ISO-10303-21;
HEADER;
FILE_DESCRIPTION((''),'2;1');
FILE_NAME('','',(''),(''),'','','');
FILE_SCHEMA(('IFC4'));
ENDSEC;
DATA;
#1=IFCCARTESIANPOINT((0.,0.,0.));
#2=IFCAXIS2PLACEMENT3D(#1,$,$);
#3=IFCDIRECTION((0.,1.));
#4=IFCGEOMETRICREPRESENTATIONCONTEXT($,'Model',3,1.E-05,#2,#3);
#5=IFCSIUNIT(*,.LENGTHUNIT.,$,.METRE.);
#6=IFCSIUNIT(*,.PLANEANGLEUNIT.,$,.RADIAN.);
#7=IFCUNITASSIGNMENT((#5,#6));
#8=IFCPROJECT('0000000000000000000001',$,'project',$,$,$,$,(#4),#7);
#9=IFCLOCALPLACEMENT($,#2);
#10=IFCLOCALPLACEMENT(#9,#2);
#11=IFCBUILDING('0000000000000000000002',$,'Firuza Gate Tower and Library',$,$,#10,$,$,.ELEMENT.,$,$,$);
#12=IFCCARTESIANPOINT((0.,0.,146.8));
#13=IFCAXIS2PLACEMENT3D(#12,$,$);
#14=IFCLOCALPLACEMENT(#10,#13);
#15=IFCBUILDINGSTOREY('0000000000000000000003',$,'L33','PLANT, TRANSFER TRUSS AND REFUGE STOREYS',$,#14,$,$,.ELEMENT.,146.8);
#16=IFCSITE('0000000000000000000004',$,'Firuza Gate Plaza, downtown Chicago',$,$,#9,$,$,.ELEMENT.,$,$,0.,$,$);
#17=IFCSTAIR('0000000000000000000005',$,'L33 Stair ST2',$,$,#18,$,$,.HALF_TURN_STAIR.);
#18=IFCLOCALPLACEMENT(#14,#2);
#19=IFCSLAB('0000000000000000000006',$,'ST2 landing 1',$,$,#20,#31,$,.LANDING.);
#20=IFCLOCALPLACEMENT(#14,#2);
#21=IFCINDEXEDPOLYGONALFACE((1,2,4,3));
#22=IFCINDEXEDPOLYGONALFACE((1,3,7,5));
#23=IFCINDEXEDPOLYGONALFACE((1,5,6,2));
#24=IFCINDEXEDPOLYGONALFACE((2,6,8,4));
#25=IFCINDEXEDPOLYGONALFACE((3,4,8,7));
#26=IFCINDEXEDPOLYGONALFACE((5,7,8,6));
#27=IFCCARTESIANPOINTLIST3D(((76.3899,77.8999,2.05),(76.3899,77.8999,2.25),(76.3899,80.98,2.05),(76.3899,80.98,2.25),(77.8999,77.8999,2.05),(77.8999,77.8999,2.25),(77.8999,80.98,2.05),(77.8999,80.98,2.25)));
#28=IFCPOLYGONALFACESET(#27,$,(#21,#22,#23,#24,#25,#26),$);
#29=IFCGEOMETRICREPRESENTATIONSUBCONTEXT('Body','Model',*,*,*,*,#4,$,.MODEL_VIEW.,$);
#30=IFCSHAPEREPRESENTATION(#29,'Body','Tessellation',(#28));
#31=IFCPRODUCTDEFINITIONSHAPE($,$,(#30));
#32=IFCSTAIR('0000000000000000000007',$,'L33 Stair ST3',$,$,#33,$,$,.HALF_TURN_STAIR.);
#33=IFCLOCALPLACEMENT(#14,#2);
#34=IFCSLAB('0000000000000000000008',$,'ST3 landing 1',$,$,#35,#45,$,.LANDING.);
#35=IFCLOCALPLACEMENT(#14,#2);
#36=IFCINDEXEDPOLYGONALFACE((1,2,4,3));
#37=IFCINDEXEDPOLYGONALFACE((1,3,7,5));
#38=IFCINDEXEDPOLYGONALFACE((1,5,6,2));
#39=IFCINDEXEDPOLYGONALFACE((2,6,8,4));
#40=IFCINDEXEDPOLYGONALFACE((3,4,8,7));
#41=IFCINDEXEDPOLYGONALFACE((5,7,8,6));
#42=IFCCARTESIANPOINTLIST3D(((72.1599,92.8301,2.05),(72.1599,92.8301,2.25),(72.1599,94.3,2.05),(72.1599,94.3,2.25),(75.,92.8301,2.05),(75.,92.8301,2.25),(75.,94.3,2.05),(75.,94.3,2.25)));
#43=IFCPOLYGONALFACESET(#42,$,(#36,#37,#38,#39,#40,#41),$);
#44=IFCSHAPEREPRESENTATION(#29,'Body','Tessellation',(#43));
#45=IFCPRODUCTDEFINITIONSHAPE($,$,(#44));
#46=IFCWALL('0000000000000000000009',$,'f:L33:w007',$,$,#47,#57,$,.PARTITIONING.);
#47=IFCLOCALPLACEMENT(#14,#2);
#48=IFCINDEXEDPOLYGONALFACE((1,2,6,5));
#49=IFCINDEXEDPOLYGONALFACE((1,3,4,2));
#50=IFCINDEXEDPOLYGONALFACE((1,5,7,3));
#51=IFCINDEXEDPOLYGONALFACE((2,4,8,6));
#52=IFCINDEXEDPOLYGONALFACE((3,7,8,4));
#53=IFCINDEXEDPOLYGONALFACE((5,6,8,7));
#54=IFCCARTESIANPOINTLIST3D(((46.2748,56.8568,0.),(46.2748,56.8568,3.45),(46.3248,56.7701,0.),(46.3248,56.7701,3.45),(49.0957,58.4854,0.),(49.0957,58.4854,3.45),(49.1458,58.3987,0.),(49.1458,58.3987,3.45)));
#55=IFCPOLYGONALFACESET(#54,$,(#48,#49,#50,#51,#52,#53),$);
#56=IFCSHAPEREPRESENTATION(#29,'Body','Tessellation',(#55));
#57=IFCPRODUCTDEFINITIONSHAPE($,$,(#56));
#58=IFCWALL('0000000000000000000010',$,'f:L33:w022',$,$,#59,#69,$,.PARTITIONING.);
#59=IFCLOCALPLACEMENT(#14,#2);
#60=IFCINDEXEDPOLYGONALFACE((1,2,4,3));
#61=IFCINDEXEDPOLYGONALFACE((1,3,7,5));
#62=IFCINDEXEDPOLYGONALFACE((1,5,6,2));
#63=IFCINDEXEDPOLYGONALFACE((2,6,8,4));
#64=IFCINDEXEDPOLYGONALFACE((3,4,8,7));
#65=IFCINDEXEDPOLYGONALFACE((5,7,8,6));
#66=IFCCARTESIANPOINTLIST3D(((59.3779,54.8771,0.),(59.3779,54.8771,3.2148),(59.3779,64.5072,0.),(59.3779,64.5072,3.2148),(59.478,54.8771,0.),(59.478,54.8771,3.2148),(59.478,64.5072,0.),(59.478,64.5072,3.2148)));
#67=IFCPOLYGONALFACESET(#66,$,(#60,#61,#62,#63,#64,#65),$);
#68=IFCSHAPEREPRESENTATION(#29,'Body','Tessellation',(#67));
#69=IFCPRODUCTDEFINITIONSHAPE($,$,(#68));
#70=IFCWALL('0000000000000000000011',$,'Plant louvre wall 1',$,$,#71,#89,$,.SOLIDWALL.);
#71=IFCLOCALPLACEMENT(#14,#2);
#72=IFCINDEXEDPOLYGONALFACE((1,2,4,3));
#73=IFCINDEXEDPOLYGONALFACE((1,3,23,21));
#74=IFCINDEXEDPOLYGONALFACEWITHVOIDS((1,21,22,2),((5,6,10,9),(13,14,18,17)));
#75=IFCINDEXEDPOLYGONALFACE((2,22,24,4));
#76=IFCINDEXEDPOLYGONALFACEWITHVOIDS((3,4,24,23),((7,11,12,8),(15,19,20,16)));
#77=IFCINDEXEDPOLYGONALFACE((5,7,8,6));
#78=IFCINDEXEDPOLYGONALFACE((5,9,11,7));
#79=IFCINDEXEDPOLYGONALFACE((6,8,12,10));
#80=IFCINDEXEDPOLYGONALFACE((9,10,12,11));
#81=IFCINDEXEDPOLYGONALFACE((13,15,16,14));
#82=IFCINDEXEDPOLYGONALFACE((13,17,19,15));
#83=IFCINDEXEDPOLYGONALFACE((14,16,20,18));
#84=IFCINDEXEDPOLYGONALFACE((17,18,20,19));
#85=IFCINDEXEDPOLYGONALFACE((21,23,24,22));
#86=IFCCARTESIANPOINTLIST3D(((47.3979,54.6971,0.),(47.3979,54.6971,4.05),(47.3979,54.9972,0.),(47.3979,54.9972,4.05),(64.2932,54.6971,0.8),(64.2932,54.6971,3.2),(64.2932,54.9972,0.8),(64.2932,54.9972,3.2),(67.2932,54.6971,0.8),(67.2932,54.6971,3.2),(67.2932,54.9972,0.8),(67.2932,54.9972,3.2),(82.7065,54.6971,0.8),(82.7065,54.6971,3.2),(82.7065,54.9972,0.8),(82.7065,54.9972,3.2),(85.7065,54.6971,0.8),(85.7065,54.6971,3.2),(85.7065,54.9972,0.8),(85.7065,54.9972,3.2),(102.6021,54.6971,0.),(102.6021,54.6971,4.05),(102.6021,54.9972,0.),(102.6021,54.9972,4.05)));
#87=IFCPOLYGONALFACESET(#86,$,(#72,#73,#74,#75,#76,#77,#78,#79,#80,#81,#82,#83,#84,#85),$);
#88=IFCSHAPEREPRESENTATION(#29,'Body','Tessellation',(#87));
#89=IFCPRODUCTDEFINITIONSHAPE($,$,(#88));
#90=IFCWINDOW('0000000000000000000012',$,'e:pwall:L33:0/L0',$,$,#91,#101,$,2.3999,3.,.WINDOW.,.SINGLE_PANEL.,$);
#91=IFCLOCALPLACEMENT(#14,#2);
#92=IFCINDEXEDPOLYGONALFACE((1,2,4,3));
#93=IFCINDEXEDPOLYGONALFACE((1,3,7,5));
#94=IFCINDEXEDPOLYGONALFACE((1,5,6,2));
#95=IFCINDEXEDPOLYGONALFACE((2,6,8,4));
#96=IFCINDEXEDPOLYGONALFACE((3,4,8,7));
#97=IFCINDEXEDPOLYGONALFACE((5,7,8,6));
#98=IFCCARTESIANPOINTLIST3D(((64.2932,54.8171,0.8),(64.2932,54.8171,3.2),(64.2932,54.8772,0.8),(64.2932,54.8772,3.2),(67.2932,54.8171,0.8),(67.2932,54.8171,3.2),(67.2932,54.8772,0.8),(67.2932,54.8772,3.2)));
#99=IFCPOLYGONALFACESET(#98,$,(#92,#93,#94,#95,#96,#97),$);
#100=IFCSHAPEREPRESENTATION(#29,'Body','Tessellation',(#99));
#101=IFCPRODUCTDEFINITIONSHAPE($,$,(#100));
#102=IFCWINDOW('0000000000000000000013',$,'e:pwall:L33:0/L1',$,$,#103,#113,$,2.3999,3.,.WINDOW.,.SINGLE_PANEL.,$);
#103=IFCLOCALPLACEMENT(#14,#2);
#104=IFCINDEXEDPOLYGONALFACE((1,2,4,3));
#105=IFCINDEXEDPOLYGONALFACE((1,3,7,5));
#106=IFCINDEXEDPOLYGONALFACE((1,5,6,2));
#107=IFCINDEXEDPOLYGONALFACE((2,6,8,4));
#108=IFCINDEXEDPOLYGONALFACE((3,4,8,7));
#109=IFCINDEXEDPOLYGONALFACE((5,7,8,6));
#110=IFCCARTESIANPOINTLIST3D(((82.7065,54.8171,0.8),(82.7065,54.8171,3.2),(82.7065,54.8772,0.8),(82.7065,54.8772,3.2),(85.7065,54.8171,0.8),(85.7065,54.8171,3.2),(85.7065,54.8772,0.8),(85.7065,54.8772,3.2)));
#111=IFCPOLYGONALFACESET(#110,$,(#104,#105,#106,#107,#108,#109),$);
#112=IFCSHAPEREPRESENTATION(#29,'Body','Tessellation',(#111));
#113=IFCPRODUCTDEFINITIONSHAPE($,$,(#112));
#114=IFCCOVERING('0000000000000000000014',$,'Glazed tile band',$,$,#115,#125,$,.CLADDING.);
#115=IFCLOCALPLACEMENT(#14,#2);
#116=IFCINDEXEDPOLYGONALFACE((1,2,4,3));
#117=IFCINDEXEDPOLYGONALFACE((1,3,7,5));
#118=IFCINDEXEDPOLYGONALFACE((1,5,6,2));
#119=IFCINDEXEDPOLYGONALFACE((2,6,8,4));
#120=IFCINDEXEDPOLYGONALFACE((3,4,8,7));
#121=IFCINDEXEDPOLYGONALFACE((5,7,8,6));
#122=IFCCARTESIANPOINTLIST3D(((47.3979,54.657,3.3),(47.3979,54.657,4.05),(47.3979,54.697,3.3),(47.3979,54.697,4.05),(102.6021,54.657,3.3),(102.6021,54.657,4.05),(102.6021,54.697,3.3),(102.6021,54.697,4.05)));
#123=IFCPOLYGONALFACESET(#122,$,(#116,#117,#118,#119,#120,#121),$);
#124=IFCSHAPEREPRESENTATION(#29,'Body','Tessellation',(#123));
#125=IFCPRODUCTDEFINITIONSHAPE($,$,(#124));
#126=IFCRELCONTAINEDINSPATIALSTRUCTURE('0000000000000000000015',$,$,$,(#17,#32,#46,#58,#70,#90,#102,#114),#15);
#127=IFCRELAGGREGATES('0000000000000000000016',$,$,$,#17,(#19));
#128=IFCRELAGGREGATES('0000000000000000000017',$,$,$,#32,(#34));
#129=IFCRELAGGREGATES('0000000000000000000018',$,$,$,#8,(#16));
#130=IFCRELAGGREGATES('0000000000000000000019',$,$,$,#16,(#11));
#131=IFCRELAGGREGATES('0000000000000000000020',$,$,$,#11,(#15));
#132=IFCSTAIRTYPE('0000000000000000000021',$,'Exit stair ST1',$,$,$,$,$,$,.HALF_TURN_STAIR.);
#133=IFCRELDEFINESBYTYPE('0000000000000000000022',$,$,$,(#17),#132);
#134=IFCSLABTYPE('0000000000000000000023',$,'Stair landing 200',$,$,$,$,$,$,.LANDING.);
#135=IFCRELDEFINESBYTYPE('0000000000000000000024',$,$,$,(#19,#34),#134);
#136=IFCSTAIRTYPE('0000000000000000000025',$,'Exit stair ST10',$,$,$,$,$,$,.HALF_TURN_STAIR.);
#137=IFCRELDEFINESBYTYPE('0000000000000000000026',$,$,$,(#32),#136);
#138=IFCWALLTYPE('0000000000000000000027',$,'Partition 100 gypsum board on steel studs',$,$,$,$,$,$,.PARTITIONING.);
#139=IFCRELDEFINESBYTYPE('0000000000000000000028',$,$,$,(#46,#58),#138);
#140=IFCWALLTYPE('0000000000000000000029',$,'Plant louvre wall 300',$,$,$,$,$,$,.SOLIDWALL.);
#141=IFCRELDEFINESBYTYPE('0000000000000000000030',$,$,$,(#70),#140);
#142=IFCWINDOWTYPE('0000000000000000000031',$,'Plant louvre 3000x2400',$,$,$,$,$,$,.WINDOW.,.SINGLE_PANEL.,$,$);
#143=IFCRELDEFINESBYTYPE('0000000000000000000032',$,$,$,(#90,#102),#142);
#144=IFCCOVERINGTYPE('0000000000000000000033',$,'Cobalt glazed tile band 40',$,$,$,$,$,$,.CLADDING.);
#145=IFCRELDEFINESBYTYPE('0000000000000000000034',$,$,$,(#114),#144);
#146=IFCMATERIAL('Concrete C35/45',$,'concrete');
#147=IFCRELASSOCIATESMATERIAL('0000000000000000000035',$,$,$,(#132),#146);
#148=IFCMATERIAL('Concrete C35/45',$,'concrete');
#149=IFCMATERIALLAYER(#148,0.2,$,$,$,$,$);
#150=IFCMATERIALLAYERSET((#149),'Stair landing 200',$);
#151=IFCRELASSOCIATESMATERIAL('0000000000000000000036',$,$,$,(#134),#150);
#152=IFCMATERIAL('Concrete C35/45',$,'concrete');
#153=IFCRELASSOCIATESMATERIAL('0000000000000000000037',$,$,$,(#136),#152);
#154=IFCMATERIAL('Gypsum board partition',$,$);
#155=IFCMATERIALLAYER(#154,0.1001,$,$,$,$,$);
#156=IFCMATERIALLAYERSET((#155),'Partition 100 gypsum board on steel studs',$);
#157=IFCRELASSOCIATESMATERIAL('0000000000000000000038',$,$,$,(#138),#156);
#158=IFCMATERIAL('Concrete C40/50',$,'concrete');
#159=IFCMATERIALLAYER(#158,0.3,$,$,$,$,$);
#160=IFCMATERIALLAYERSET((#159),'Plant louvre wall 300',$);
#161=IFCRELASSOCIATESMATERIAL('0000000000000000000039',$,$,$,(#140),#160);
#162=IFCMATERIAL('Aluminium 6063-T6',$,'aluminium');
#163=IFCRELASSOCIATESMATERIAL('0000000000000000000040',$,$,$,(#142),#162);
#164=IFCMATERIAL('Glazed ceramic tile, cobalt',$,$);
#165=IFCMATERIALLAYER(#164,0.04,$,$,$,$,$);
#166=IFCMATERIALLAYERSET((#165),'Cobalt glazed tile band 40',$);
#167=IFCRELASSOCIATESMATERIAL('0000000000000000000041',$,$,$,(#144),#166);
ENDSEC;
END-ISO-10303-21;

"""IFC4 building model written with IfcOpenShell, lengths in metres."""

from ifc_helpers import new_model, si_unit, direction, frame, frame_2d, origin, place, context, subcontext, project, spatial, polyline, rectangle, outline, extrude, material, layer, layer_set, type_object, element, fill, aggregate, save


model = new_model("IFC4")

# Units and contexts
model_context = context("Model", 3, precision=1e-05, world=origin(), true_north=direction((0.0, 1.0)))
body_context = subcontext(model_context, "Body", "Model", "MODEL_VIEW")
ifc_project = project(units=[si_unit("LENGTHUNIT", "METRE"), si_unit("PLANEANGLEUNIT", "RADIAN")], contexts=[model_context])

# Site, building, storey
site_placement = place(None, origin())
site = spatial("IfcSite", under=ifc_project, at=site_placement, Name="Firuza Gate Plaza, downtown Chicago", CompositionType="ELEMENT", RefElevation=0.0)
building_placement = place(site_placement, origin())
building = spatial("IfcBuilding", under=site, at=building_placement, Name="Firuza Gate Tower and Library", CompositionType="ELEMENT")
storey_placement = place(building_placement, frame((0.0, 0.0, 146.8)))
storey = spatial("IfcBuildingStorey", under=building, at=storey_placement, Name="L33", Description="PLANT, TRANSFER TRUSS AND REFUGE STOREYS", CompositionType="ELEMENT", Elevation=146.8)

# Stairs, slabs
ifc_material_1 = material(Name="Concrete C35/45", Category="concrete")
stair_type_1 = type_object("IfcStairType", Name="Exit stair ST1", PredefinedType="HALF_TURN_STAIR", material=ifc_material_1)
placement_1 = place(storey_placement, origin())
ifc_material_2 = material(Name="Concrete C35/45", Category="concrete")
ifc_layer_1 = layer(ifc_material_2, 0.2)
ifc_layer_set_1 = layer_set([ifc_layer_1], Name="Stair landing 200")
slab_type_1 = type_object("IfcSlabType", Name="Stair landing 200", PredefinedType="LANDING", material=ifc_layer_set_1)
placement_2 = place(storey_placement, frame((0.0, 0.0, 2.05)))
stair_1 = element("IfcStair", 1, at=placement_1, inside=storey, type_object=stair_type_1, Name="L33 Stair ST2", PredefinedType="HALF_TURN_STAIR")
slab_1 = element("IfcSlab", 2, at=placement_2, type_object=slab_type_1, Name="ST2 landing 1", PredefinedType="LANDING", context=body_context, shape_type="SweptSolid", body=[
    extrude(outline(polyline([(77.8999, 80.98), (76.3899, 80.98), (76.3899, 77.8999), (77.8999, 77.8999), (77.8999, 80.98)])), origin(), (0.0, 0.0, 1.0), 0.2),
])
aggregate(stair_1, [slab_1])
ifc_material_3 = material(Name="Concrete C35/45", Category="concrete")
stair_type_2 = type_object("IfcStairType", Name="Exit stair ST10", PredefinedType="HALF_TURN_STAIR", material=ifc_material_3)
stair_2 = element("IfcStair", 3, at=placement_1, inside=storey, type_object=stair_type_2, Name="L33 Stair ST3", PredefinedType="HALF_TURN_STAIR")
slab_2 = element("IfcSlab", 4, at=placement_2, type_object=slab_type_1, Name="ST3 landing 1", PredefinedType="LANDING", context=body_context, shape_type="SweptSolid", body=[
    extrude(outline(polyline([(75.0, 92.8301), (75.0, 94.3), (72.1599, 94.3), (72.1599, 92.8301), (75.0, 92.8301)])), origin(), (0.0, 0.0, 1.0), 0.2),
])
aggregate(stair_2, [slab_2])

# Walls
ifc_material_4 = material(Name="Gypsum board partition")
ifc_layer_2 = layer(ifc_material_4, 0.1001)
ifc_layer_set_2 = layer_set([ifc_layer_2], Name="Partition 100 gypsum board on steel studs")
wall_type_1 = type_object("IfcWallType", Name="Partition 100 gypsum board on steel studs", PredefinedType="PARTITIONING", material=ifc_layer_set_2)
wall_1_placement = place(storey_placement, frame((46.2998, 56.8135, 0.0), z_axis=(0.0, 0.0, 1.0), x_axis=(0.866035, 0.499984, 0.0)))
element("IfcWall", 5, at=wall_1_placement, inside=storey, type_object=wall_type_1, Name="f:L33:w007", PredefinedType="PARTITIONING", context=body_context, shape_type="SweptSolid", body=[
    extrude(rectangle(XDim=3.2573, YDim=0.1001, at=frame_2d((1.6287, 0.0))), origin(), (0.0, 0.0, 1.0), 3.45),
])
wall_2_placement = place(storey_placement, frame((59.428, 54.8772, 0.0), z_axis=(0.0, 0.0, 1.0), x_axis=(0.0, 1.0, 0.0)))
element("IfcWall", 6, at=wall_2_placement, inside=storey, type_object=wall_type_1, Name="f:L33:w022", PredefinedType="PARTITIONING", context=body_context, shape_type="SweptSolid", body=[
    extrude(rectangle(XDim=9.6301, YDim=0.1001, at=frame_2d((4.8149, 0.0))), origin(), (0.0, 0.0, 1.0), 3.2148),
])

# Wall, openings, windows
ifc_material_5 = material(Name="Concrete C40/50", Category="concrete")
ifc_layer_3 = layer(ifc_material_5, 0.3)
ifc_layer_set_3 = layer_set([ifc_layer_3], Name="Plant louvre wall 300")
wall_type_2 = type_object("IfcWallType", Name="Plant louvre wall 300", PredefinedType="SOLIDWALL", material=ifc_layer_set_3)
wall_3_placement = place(storey_placement, frame((47.3979, 54.8472, 0.0), z_axis=(0.0, 0.0, 1.0), x_axis=(1.0, 0.0, 0.0)))
wall_3 = element("IfcWall", 7, at=wall_3_placement, inside=storey, type_object=wall_type_2, Name="Plant louvre wall 1", PredefinedType="SOLIDWALL", context=body_context, shape_type="SweptSolid", body=[
    extrude(rectangle(XDim=55.2041, YDim=0.3, at=frame_2d((27.6021, 0.0))), origin(), (0.0, 0.0, 1.0), 4.05),
])
opening_1_placement = place(wall_3_placement, frame((16.8953, 0.0, 0.8)))
opening_1 = element("IfcOpeningElement", 8, at=opening_1_placement, cuts=wall_3, PredefinedType="OPENING", context=body_context, shape_type="SweptSolid", body=[
    extrude(rectangle(XDim=3.0, YDim=2.3999, at=frame_2d((1.5, 1.2))), frame((0.0, 0.1602, 0.0), z_axis=(0.0, -1.0, 0.0), x_axis=(1.0, 0.0, 0.0)), (0.0, 0.0, 1.0), 0.3201),
])
opening_2_placement = place(wall_3_placement, frame((35.3086, 0.0, 0.8)))
opening_2 = element("IfcOpeningElement", 9, at=opening_2_placement, cuts=wall_3, PredefinedType="OPENING", context=body_context, shape_type="SweptSolid", body=[
    extrude(rectangle(XDim=3.0, YDim=2.3999, at=frame_2d((1.5, 1.2))), frame((0.0, 0.1602, 0.0), z_axis=(0.0, -1.0, 0.0), x_axis=(1.0, 0.0, 0.0)), (0.0, 0.0, 1.0), 0.3201),
])
ifc_material_6 = material(Name="Aluminium 6063-T6", Category="aluminium")
window_type = type_object("IfcWindowType", Name="Plant louvre 3000x2400", PartitioningType="SINGLE_PANEL", PredefinedType="WINDOW", material=ifc_material_6)
window_1_placement = place(opening_1_placement, origin())
window_1 = element("IfcWindow", 10, at=window_1_placement, inside=storey, type_object=window_type, Name="e:pwall:L33:0/L0", OverallHeight=2.3999, OverallWidth=3.0, PartitioningType="SINGLE_PANEL", PredefinedType="WINDOW", context=body_context, shape_type="SweptSolid", body=[
    extrude(rectangle(XDim=3.0, YDim=2.3999, at=frame_2d((1.5, 1.2))), frame((0.0, 0.03, 0.0), z_axis=(0.0, -1.0, 0.0), x_axis=(1.0, 0.0, 0.0)), (0.0, 0.0, 1.0), 0.0601),
])
fill(opening_1, window_1)
window_2_placement = place(opening_2_placement, origin())
window_2 = element("IfcWindow", 11, at=window_2_placement, inside=storey, type_object=window_type, Name="e:pwall:L33:0/L1", OverallHeight=2.3999, OverallWidth=3.0, PartitioningType="SINGLE_PANEL", PredefinedType="WINDOW", context=body_context, shape_type="SweptSolid", body=[
    extrude(rectangle(XDim=3.0, YDim=2.3999, at=frame_2d((1.5, 1.2))), frame((0.0, 0.03, 0.0), z_axis=(0.0, -1.0, 0.0), x_axis=(1.0, 0.0, 0.0)), (0.0, 0.0, 1.0), 0.0601),
])
fill(opening_2, window_2)

# Covering
ifc_material_7 = material(Name="Glazed ceramic tile, cobalt")
ifc_layer_4 = layer(ifc_material_7, 0.04)
ifc_layer_set_4 = layer_set([ifc_layer_4], Name="Cobalt glazed tile band 40")
covering_type = type_object("IfcCoveringType", Name="Cobalt glazed tile band 40", PredefinedType="CLADDING", material=ifc_layer_set_4)
covering_placement = place(storey_placement, frame((47.3979, 54.657, 3.3), z_axis=(0.0, -1.0, 0.0), x_axis=(1.0, 0.0, 0.0)))
element("IfcCovering", 12, at=covering_placement, inside=storey, type_object=covering_type, Name="Glazed tile band", PredefinedType="CLADDING", context=body_context, shape_type="SweptSolid", body=[
    extrude(outline(polyline([(0.0, 0.0), (55.2041, 0.0), (55.2041, 0.75), (0.0, 0.75), (0.0, 0.0)])), origin(), (0.0, 0.0, -1.0), 0.04),
])

save(model, "model.ifc")
